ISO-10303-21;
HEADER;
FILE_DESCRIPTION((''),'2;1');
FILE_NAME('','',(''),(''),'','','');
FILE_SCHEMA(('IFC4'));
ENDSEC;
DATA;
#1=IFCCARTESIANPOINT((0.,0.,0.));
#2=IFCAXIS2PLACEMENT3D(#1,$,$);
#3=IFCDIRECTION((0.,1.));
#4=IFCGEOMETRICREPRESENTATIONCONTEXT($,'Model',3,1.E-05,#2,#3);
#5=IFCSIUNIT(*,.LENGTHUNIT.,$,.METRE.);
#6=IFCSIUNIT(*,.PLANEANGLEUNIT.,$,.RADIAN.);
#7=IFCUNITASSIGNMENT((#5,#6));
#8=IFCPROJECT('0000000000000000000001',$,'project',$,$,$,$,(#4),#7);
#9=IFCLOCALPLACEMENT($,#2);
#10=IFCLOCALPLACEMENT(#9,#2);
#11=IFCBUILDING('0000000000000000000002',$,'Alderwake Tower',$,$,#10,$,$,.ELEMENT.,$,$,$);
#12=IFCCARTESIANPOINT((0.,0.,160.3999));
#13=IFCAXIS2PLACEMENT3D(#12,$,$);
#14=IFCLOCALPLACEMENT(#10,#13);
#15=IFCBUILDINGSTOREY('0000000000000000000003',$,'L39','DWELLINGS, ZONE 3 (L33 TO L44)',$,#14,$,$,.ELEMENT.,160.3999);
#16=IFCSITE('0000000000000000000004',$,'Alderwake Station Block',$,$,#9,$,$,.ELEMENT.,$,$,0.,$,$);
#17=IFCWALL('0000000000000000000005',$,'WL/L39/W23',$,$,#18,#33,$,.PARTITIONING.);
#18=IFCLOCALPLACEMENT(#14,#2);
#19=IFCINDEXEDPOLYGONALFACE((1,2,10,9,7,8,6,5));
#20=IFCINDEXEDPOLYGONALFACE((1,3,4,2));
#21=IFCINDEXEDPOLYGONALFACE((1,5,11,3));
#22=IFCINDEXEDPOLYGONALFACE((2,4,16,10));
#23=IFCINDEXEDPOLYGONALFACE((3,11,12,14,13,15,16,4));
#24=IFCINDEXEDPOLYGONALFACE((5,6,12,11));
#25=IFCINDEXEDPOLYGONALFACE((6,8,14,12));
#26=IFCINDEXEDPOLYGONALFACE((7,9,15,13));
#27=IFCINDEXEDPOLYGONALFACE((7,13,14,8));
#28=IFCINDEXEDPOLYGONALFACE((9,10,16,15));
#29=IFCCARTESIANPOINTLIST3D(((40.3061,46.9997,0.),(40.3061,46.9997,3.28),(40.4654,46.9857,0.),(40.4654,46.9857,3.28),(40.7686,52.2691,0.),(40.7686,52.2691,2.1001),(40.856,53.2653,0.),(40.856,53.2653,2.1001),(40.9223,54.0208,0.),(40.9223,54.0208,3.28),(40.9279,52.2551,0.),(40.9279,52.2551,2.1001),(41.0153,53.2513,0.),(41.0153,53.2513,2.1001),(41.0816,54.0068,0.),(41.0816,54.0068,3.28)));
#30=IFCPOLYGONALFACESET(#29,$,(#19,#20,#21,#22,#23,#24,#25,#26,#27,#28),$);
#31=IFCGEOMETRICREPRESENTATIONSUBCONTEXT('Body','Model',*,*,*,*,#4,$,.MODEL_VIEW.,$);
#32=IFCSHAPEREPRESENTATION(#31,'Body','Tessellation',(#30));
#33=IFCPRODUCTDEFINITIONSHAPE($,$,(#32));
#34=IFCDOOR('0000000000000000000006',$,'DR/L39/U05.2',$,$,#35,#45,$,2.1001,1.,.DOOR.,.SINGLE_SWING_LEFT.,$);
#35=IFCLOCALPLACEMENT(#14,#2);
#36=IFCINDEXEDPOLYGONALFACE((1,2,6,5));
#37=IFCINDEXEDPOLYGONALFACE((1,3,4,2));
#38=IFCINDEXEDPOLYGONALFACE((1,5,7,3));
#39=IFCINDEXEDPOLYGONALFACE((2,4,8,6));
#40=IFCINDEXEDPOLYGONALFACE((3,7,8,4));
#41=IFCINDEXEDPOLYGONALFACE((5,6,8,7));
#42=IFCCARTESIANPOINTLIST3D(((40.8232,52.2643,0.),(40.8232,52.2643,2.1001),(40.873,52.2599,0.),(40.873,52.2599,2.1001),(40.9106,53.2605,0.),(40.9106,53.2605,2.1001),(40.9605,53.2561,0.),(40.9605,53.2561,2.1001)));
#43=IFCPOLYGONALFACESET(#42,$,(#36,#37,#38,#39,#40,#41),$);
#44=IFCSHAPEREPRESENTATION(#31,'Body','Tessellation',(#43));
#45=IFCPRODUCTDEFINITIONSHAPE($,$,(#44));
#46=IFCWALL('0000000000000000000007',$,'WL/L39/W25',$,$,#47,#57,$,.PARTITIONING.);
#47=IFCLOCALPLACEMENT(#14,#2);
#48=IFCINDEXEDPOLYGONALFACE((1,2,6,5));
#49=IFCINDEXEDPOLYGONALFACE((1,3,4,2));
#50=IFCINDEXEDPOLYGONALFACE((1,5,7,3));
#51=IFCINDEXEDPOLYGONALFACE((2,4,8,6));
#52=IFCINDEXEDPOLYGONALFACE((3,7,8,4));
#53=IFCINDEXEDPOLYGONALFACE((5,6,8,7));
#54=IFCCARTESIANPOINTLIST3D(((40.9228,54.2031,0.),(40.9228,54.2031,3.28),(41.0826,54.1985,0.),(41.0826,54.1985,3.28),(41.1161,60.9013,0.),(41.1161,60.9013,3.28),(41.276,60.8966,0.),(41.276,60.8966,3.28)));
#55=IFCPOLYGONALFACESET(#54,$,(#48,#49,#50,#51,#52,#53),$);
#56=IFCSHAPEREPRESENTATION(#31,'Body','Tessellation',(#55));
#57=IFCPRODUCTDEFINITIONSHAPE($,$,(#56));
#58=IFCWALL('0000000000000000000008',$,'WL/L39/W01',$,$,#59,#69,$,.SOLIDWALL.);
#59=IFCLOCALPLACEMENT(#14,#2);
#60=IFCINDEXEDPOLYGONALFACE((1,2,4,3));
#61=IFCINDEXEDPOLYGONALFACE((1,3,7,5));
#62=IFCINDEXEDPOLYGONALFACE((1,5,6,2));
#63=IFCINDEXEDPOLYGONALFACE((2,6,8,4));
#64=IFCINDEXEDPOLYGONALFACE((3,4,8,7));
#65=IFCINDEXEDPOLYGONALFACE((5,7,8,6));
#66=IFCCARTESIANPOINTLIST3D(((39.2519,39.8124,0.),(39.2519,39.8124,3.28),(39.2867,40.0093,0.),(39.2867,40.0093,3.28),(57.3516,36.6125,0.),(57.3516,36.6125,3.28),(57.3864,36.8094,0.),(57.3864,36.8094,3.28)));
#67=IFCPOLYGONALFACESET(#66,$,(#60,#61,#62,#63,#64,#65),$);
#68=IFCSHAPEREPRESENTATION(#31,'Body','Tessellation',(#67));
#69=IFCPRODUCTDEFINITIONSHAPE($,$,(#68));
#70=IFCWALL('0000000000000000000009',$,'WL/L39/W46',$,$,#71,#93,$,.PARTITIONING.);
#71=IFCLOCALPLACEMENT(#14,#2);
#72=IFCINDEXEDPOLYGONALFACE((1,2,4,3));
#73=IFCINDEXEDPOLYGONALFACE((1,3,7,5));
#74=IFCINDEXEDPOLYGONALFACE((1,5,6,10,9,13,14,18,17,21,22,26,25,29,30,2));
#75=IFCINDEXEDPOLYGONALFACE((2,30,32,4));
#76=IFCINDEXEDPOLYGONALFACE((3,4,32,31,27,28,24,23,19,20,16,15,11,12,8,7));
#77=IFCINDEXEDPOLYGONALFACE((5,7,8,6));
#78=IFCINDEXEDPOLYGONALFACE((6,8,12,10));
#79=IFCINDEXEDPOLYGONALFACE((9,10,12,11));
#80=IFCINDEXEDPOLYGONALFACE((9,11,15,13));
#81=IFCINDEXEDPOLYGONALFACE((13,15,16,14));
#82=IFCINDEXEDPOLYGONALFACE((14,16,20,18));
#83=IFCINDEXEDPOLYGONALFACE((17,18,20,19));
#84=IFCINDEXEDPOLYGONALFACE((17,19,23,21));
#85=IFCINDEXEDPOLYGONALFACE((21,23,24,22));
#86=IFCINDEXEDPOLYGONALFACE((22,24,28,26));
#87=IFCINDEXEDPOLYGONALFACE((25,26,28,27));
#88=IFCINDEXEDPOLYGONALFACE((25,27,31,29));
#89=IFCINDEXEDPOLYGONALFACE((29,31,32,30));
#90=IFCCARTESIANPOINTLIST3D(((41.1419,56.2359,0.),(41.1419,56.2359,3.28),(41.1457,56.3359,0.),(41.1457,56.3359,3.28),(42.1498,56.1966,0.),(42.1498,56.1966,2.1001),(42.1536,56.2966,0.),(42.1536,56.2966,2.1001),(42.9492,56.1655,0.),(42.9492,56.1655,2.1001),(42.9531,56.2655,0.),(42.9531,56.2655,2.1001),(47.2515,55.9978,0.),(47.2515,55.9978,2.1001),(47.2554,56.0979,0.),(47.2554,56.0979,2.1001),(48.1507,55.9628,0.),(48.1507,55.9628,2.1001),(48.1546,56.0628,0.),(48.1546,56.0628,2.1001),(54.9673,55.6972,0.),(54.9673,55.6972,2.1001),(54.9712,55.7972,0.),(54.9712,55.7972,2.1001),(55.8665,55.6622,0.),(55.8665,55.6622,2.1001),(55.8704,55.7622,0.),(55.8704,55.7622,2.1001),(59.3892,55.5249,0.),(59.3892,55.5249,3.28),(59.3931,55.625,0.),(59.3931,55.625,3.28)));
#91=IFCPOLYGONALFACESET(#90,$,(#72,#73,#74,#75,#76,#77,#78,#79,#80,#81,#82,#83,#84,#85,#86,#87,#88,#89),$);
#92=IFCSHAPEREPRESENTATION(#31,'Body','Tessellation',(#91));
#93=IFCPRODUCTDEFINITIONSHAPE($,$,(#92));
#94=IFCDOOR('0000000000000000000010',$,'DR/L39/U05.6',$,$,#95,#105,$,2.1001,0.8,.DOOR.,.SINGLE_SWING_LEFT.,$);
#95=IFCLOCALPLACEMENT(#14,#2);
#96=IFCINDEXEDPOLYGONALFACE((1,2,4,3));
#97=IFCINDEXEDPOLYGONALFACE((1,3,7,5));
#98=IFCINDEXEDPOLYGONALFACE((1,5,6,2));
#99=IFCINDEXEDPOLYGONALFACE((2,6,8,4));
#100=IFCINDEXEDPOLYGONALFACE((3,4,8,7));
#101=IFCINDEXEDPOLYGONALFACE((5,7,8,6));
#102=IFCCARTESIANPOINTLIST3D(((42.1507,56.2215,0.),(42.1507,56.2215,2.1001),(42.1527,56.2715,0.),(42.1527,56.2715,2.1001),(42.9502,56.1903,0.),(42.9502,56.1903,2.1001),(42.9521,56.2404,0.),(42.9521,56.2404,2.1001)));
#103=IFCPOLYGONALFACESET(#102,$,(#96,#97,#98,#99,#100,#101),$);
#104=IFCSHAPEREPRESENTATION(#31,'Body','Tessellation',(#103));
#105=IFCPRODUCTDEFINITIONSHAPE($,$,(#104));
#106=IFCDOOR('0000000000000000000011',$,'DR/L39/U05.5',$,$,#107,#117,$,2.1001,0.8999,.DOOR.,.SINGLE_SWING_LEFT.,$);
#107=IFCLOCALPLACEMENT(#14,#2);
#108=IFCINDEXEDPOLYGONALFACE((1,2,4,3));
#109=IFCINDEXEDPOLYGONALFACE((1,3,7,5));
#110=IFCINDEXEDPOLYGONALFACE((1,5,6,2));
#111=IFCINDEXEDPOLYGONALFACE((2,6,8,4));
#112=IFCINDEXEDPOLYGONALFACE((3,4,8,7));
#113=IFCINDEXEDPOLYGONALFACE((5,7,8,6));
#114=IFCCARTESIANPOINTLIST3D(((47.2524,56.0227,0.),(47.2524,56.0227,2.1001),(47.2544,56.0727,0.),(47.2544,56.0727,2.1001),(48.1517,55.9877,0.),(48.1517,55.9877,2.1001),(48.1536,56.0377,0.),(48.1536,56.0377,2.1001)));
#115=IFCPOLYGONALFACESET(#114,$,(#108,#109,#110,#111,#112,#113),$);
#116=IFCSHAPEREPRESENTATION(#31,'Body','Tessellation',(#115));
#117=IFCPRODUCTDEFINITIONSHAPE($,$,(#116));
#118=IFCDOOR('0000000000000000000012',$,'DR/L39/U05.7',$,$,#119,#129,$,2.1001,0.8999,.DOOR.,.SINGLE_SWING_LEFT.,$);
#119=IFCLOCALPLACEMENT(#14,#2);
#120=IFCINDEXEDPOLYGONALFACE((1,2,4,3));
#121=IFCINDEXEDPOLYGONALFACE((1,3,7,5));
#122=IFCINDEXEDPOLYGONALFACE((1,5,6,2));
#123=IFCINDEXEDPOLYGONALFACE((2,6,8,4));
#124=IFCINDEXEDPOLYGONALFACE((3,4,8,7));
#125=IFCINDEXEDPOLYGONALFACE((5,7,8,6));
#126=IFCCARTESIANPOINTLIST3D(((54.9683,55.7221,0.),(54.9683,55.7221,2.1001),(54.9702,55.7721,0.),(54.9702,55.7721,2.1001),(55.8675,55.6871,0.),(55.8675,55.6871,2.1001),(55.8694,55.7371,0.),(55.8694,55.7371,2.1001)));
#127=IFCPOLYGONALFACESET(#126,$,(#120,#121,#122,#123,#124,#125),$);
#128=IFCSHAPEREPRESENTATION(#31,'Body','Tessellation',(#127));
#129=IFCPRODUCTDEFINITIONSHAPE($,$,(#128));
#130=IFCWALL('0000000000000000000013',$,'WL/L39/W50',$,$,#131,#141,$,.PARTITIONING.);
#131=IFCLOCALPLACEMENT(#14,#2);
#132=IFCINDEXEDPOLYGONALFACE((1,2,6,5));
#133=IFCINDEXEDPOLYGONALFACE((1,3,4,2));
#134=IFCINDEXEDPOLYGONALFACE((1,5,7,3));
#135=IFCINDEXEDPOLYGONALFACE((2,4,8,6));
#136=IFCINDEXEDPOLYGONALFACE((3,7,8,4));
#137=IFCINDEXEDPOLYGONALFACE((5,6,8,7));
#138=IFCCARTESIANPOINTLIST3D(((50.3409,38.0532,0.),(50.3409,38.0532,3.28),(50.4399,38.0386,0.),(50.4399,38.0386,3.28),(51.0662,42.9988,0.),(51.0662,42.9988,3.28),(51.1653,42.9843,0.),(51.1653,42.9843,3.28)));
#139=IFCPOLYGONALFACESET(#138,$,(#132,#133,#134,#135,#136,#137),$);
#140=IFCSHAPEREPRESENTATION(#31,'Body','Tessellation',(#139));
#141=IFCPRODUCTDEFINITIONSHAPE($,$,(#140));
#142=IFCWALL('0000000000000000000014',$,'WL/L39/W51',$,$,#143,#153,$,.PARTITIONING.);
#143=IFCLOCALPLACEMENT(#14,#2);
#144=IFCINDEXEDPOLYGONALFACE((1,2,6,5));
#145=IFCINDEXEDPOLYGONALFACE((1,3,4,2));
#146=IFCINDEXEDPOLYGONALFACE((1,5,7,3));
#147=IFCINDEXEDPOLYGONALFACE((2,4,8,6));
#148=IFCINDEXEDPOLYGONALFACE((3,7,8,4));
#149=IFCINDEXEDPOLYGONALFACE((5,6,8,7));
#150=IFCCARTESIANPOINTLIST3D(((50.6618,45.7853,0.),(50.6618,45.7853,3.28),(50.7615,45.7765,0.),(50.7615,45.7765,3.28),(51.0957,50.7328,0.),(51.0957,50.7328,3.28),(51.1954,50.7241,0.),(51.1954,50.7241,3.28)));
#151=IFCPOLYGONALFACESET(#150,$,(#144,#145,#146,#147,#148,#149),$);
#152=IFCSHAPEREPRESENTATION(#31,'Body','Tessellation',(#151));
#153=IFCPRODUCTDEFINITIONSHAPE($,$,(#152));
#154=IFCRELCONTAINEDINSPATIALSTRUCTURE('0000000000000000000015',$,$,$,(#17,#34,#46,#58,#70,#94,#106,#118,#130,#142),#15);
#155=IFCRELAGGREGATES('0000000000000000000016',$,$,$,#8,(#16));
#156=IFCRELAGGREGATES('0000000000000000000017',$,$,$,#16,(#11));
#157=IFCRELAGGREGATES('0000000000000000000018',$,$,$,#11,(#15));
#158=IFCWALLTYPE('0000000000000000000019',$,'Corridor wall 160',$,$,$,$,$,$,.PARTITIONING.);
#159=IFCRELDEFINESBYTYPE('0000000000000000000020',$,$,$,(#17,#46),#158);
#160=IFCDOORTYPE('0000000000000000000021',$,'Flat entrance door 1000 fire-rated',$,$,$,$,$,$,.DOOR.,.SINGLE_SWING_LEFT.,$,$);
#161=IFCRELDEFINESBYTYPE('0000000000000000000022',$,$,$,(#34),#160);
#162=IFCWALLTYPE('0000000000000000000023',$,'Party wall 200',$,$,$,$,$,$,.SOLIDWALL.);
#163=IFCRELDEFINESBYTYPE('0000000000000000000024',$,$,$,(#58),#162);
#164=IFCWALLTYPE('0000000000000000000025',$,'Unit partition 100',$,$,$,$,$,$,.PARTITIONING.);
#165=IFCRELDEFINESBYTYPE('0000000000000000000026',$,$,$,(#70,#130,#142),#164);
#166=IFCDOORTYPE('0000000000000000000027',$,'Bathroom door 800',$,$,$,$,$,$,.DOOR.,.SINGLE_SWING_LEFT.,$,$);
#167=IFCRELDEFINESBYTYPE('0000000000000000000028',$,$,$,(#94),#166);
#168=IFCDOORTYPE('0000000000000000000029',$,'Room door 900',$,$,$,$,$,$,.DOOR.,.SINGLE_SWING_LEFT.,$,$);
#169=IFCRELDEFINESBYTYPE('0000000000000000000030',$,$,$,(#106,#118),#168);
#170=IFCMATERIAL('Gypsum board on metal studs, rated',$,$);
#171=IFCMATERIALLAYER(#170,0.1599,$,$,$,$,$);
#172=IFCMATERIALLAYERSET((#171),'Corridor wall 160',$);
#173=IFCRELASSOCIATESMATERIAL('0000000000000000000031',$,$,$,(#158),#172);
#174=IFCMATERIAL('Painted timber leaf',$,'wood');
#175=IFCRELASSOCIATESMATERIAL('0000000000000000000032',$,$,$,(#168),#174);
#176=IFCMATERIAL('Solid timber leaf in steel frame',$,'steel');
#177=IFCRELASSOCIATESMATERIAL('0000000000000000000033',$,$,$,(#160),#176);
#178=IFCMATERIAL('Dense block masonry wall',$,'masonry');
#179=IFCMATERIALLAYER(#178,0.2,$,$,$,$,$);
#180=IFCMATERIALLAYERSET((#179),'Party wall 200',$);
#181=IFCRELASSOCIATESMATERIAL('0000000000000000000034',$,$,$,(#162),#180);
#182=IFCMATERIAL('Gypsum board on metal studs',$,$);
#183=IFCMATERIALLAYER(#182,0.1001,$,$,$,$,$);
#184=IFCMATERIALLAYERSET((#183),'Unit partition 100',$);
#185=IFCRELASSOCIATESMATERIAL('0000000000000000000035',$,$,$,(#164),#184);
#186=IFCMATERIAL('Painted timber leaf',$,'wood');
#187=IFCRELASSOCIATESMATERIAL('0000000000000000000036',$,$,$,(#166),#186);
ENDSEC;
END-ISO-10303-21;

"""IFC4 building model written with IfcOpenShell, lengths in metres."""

from ifc_helpers import new_model, si_unit, direction, frame, frame_2d, origin, place, context, subcontext, project, spatial, rectangle, extrude, material, layer, layer_set, type_object, element, fill, save


model = new_model("IFC4")

# Units and contexts
model_context = context("Model", 3, precision=1e-05, world=origin(), true_north=direction((0.0, 1.0)))
body_context = subcontext(model_context, "Body", "Model", "MODEL_VIEW")
ifc_project = project(units=[si_unit("LENGTHUNIT", "METRE"), si_unit("PLANEANGLEUNIT", "RADIAN")], contexts=[model_context])

# Site, building, storey
site_placement = place(None, origin())
site = spatial("IfcSite", under=ifc_project, at=site_placement, Name="Alderwake Station Block", CompositionType="ELEMENT", RefElevation=0.0)
building_placement = place(site_placement, origin())
building = spatial("IfcBuilding", under=site, at=building_placement, Name="Alderwake Tower", CompositionType="ELEMENT")
storey_placement = place(building_placement, frame((0.0, 0.0, 160.3999)))
storey = spatial("IfcBuildingStorey", under=building, at=storey_placement, Name="L39", Description="DWELLINGS, ZONE 3 (L33 TO L44)", CompositionType="ELEMENT", Elevation=160.3999)

# Shared definitions
ifc_material_1 = material(Name="Gypsum board on metal studs, rated")
ifc_layer_1 = layer(ifc_material_1, 0.1599)
ifc_layer_set_1 = layer_set([ifc_layer_1], Name="Corridor wall 160")
wall_type_1 = type_object("IfcWallType", Name="Corridor wall 160", PredefinedType="PARTITIONING", material=ifc_layer_set_1)
ifc_material_2 = material(Name="Painted timber leaf", Category="wood")
door_type_1 = type_object("IfcDoorType", Name="Room door 900", OperationType="SINGLE_SWING_LEFT", PredefinedType="DOOR", material=ifc_material_2)

# Wall, opening, door
ifc_material_3 = material(Name="Solid timber leaf in steel frame", Category="steel")
door_type_2 = type_object("IfcDoorType", Name="Flat entrance door 1000 fire-rated", OperationType="SINGLE_SWING_LEFT", PredefinedType="DOOR", material=ifc_material_3)
wall_1_placement = place(storey_placement, frame((41.002, 54.0137, 0.0), z_axis=(0.0, 0.0, 1.0), x_axis=(-0.087431, -0.996171, 0.0)))
wall_1 = element("IfcWall", 1, at=wall_1_placement, inside=storey, type_object=wall_type_1, Name="WL/L39/W23", PredefinedType="PARTITIONING", context=body_context, shape_type="SweptSolid", body=[
    extrude(rectangle(XDim=7.0481, YDim=0.1599, at=frame_2d((3.5239, 0.0))), origin(), (0.0, 0.0, 1.0), 3.28),
])
opening_1_placement = place(wall_1_placement, frame((0.7583, 0.0, 0.0)))
opening_1 = element("IfcOpeningElement", 2, at=opening_1_placement, cuts=wall_1, PredefinedType="OPENING", context=body_context, shape_type="SweptSolid", body=[
    extrude(rectangle(XDim=1.0, YDim=2.1001, at=frame_2d((0.5, 1.05))), frame((0.0, 0.0898, 0.0), z_axis=(0.0, -1.0, 0.0), x_axis=(1.0, 0.0, 0.0)), (0.0, 0.0, 1.0), 0.1799),
])
door_1_placement = place(opening_1_placement, origin())
door_1 = element("IfcDoor", 3, at=door_1_placement, inside=storey, type_object=door_type_2, Name="DR/L39/U05.2", OperationType="SINGLE_SWING_LEFT", OverallHeight=2.1001, OverallWidth=1.0, PredefinedType="DOOR", context=body_context, shape_type="SweptSolid", body=[
    extrude(rectangle(XDim=1.0, YDim=2.1001, at=frame_2d((0.5, 1.05))), frame((0.0, 0.0249, 0.0), z_axis=(0.0, -1.0, 0.0), x_axis=(1.0, 0.0, 0.0)), (0.0, 0.0, 1.0), 0.05),
])
fill(opening_1, door_1)

# Walls
wall_2_placement = place(storey_placement, frame((41.0027, 54.2007, 0.0), z_axis=(0.0, 0.0, 1.0), x_axis=(0.028855, 0.999584, 0.0)))
element("IfcWall", 4, at=wall_2_placement, inside=storey, type_object=wall_type_1, Name="WL/L39/W25", PredefinedType="PARTITIONING", context=body_context, shape_type="SweptSolid", body=[
    extrude(rectangle(XDim=6.7009, YDim=0.1599, at=frame_2d((3.3506, 0.0))), origin(), (0.0, 0.0, 1.0), 3.28),
])
ifc_material_4 = material(Name="Dense block masonry wall", Category="masonry")
ifc_layer_2 = layer(ifc_material_4, 0.2)
ifc_layer_set_2 = layer_set([ifc_layer_2], Name="Party wall 200")
wall_type_2 = type_object("IfcWallType", Name="Party wall 200", PredefinedType="SOLIDWALL", material=ifc_layer_set_2)
wall_3_placement = place(storey_placement, frame((39.2693, 39.9109, 0.0), z_axis=(0.0, 0.0, 1.0), x_axis=(0.984729, -0.174097, 0.0)))
element("IfcWall", 5, at=wall_3_placement, inside=storey, type_object=wall_type_2, Name="WL/L39/W01", PredefinedType="SOLIDWALL", context=body_context, shape_type="SweptSolid", body=[
    extrude(rectangle(XDim=18.3804, YDim=0.2, at=frame_2d((9.1902, 0.0))), origin(), (0.0, 0.0, 1.0), 3.28),
])

# Wall, openings, doors
ifc_material_5 = material(Name="Gypsum board on metal studs")
ifc_layer_3 = layer(ifc_material_5, 0.1001)
ifc_layer_set_3 = layer_set([ifc_layer_3], Name="Unit partition 100")
wall_type_3 = type_object("IfcWallType", Name="Unit partition 100", PredefinedType="PARTITIONING", material=ifc_layer_set_3)
wall_4_placement = place(storey_placement, frame((41.1438, 56.2859, 0.0), z_axis=(0.0, 0.0, 1.0), x_axis=(0.999242, -0.038932, 0.0)))
wall_4 = element("IfcWall", 6, at=wall_4_placement, inside=storey, type_object=wall_type_3, Name="WL/L39/W46", PredefinedType="PARTITIONING", context=body_context, shape_type="SweptSolid", body=[
    extrude(rectangle(XDim=18.2612, YDim=0.1001, at=frame_2d((9.1306, 0.0))), origin(), (0.0, 0.0, 1.0), 3.28),
])
opening_2_placement = place(wall_4_placement, frame((6.1143, 0.0, 0.0)))
opening_2 = element("IfcOpeningElement", 7, at=opening_2_placement, cuts=wall_4, PredefinedType="OPENING", context=body_context, shape_type="SweptSolid", body=[
    extrude(rectangle(XDim=0.8999, YDim=2.1001, at=frame_2d((0.45, 1.05))), frame((0.0, 0.0601, 0.0), z_axis=(0.0, -1.0, 0.0), x_axis=(1.0, 0.0, 0.0)), (0.0, 0.0, 1.0), 0.1201),
])
opening_3_placement = place(wall_4_placement, frame((1.0088, 0.0, 0.0)))
opening_3 = element("IfcOpeningElement", 8, at=opening_3_placement, cuts=wall_4, PredefinedType="OPENING", context=body_context, shape_type="SweptSolid", body=[
    extrude(rectangle(XDim=0.8, YDim=2.1001, at=frame_2d((0.3999, 1.05))), frame((0.0, 0.0601, 0.0), z_axis=(0.0, -1.0, 0.0), x_axis=(1.0, 0.0, 0.0)), (0.0, 0.0, 1.0), 0.1201),
])
opening_4_placement = place(wall_4_placement, frame((13.8359, 0.0, 0.0)))
opening_4 = element("IfcOpeningElement", 9, at=opening_4_placement, cuts=wall_4, PredefinedType="OPENING", context=body_context, shape_type="SweptSolid", body=[
    extrude(rectangle(XDim=0.8999, YDim=2.1001, at=frame_2d((0.45, 1.05))), frame((0.0, 0.0601, 0.0), z_axis=(0.0, -1.0, 0.0), x_axis=(1.0, 0.0, 0.0)), (0.0, 0.0, 1.0), 0.1201),
])
ifc_material_6 = material(Name="Painted timber leaf", Category="wood")
door_type_3 = type_object("IfcDoorType", Name="Bathroom door 800", OperationType="SINGLE_SWING_LEFT", PredefinedType="DOOR", material=ifc_material_6)
door_2_placement = place(opening_3_placement, origin())
door_2 = element("IfcDoor", 10, at=door_2_placement, inside=storey, type_object=door_type_3, Name="DR/L39/U05.6", OperationType="SINGLE_SWING_LEFT", OverallHeight=2.1001, OverallWidth=0.8, PredefinedType="DOOR", context=body_context, shape_type="SweptSolid", body=[
    extrude(rectangle(XDim=0.8, YDim=2.1001, at=frame_2d((0.3999, 1.05))), frame((0.0, 0.0249, 0.0), z_axis=(0.0, -1.0, 0.0), x_axis=(1.0, 0.0, 0.0)), (0.0, 0.0, 1.0), 0.05),
])
fill(opening_3, door_2)
door_3_placement = place(opening_2_placement, origin())
door_3 = element("IfcDoor", 11, at=door_3_placement, inside=storey, type_object=door_type_1, Name="DR/L39/U05.5", OperationType="SINGLE_SWING_LEFT", OverallHeight=2.1001, OverallWidth=0.8999, PredefinedType="DOOR", context=body_context, shape_type="SweptSolid", body=[
    extrude(rectangle(XDim=0.8999, YDim=2.1001, at=frame_2d((0.45, 1.05))), frame((0.0, 0.0249, 0.0), z_axis=(0.0, -1.0, 0.0), x_axis=(1.0, 0.0, 0.0)), (0.0, 0.0, 1.0), 0.05),
])
fill(opening_2, door_3)
door_4_placement = place(opening_4_placement, origin())
door_4 = element("IfcDoor", 12, at=door_4_placement, inside=storey, type_object=door_type_1, Name="DR/L39/U05.7", OperationType="SINGLE_SWING_LEFT", OverallHeight=2.1001, OverallWidth=0.8999, PredefinedType="DOOR", context=body_context, shape_type="SweptSolid", body=[
    extrude(rectangle(XDim=0.8999, YDim=2.1001, at=frame_2d((0.45, 1.05))), frame((0.0, 0.0249, 0.0), z_axis=(0.0, -1.0, 0.0), x_axis=(1.0, 0.0, 0.0)), (0.0, 0.0, 1.0), 0.05),
])
fill(opening_4, door_4)

# Walls
wall_5_placement = place(storey_placement, frame((50.3904, 38.0459, 0.0), z_axis=(0.0, 0.0, 1.0), x_axis=(0.145113, 0.989415, 0.0)))
element("IfcWall", 13, at=wall_5_placement, inside=storey, type_object=wall_type_3, Name="WL/L39/W50", PredefinedType="PARTITIONING", context=body_context, shape_type="SweptSolid", body=[
    extrude(rectangle(XDim=4.9985, YDim=0.1001, at=frame_2d((2.4993, 0.0))), origin(), (0.0, 0.0, 1.0), 3.28),
])
wall_6_placement = place(storey_placement, frame((50.7117, 45.7808, 0.0), z_axis=(0.0, 0.0, 1.0), x_axis=(0.087353, 0.996177, 0.0)))
element("IfcWall", 14, at=wall_6_placement, inside=storey, type_object=wall_type_3, Name="WL/L39/W51", PredefinedType="PARTITIONING", context=body_context, shape_type="SweptSolid", body=[
    extrude(rectangle(XDim=4.9666, YDim=0.1001, at=frame_2d((2.4834, 0.0))), origin(), (0.0, 0.0, 1.0), 3.28),
])

save(model, "model.ifc")
